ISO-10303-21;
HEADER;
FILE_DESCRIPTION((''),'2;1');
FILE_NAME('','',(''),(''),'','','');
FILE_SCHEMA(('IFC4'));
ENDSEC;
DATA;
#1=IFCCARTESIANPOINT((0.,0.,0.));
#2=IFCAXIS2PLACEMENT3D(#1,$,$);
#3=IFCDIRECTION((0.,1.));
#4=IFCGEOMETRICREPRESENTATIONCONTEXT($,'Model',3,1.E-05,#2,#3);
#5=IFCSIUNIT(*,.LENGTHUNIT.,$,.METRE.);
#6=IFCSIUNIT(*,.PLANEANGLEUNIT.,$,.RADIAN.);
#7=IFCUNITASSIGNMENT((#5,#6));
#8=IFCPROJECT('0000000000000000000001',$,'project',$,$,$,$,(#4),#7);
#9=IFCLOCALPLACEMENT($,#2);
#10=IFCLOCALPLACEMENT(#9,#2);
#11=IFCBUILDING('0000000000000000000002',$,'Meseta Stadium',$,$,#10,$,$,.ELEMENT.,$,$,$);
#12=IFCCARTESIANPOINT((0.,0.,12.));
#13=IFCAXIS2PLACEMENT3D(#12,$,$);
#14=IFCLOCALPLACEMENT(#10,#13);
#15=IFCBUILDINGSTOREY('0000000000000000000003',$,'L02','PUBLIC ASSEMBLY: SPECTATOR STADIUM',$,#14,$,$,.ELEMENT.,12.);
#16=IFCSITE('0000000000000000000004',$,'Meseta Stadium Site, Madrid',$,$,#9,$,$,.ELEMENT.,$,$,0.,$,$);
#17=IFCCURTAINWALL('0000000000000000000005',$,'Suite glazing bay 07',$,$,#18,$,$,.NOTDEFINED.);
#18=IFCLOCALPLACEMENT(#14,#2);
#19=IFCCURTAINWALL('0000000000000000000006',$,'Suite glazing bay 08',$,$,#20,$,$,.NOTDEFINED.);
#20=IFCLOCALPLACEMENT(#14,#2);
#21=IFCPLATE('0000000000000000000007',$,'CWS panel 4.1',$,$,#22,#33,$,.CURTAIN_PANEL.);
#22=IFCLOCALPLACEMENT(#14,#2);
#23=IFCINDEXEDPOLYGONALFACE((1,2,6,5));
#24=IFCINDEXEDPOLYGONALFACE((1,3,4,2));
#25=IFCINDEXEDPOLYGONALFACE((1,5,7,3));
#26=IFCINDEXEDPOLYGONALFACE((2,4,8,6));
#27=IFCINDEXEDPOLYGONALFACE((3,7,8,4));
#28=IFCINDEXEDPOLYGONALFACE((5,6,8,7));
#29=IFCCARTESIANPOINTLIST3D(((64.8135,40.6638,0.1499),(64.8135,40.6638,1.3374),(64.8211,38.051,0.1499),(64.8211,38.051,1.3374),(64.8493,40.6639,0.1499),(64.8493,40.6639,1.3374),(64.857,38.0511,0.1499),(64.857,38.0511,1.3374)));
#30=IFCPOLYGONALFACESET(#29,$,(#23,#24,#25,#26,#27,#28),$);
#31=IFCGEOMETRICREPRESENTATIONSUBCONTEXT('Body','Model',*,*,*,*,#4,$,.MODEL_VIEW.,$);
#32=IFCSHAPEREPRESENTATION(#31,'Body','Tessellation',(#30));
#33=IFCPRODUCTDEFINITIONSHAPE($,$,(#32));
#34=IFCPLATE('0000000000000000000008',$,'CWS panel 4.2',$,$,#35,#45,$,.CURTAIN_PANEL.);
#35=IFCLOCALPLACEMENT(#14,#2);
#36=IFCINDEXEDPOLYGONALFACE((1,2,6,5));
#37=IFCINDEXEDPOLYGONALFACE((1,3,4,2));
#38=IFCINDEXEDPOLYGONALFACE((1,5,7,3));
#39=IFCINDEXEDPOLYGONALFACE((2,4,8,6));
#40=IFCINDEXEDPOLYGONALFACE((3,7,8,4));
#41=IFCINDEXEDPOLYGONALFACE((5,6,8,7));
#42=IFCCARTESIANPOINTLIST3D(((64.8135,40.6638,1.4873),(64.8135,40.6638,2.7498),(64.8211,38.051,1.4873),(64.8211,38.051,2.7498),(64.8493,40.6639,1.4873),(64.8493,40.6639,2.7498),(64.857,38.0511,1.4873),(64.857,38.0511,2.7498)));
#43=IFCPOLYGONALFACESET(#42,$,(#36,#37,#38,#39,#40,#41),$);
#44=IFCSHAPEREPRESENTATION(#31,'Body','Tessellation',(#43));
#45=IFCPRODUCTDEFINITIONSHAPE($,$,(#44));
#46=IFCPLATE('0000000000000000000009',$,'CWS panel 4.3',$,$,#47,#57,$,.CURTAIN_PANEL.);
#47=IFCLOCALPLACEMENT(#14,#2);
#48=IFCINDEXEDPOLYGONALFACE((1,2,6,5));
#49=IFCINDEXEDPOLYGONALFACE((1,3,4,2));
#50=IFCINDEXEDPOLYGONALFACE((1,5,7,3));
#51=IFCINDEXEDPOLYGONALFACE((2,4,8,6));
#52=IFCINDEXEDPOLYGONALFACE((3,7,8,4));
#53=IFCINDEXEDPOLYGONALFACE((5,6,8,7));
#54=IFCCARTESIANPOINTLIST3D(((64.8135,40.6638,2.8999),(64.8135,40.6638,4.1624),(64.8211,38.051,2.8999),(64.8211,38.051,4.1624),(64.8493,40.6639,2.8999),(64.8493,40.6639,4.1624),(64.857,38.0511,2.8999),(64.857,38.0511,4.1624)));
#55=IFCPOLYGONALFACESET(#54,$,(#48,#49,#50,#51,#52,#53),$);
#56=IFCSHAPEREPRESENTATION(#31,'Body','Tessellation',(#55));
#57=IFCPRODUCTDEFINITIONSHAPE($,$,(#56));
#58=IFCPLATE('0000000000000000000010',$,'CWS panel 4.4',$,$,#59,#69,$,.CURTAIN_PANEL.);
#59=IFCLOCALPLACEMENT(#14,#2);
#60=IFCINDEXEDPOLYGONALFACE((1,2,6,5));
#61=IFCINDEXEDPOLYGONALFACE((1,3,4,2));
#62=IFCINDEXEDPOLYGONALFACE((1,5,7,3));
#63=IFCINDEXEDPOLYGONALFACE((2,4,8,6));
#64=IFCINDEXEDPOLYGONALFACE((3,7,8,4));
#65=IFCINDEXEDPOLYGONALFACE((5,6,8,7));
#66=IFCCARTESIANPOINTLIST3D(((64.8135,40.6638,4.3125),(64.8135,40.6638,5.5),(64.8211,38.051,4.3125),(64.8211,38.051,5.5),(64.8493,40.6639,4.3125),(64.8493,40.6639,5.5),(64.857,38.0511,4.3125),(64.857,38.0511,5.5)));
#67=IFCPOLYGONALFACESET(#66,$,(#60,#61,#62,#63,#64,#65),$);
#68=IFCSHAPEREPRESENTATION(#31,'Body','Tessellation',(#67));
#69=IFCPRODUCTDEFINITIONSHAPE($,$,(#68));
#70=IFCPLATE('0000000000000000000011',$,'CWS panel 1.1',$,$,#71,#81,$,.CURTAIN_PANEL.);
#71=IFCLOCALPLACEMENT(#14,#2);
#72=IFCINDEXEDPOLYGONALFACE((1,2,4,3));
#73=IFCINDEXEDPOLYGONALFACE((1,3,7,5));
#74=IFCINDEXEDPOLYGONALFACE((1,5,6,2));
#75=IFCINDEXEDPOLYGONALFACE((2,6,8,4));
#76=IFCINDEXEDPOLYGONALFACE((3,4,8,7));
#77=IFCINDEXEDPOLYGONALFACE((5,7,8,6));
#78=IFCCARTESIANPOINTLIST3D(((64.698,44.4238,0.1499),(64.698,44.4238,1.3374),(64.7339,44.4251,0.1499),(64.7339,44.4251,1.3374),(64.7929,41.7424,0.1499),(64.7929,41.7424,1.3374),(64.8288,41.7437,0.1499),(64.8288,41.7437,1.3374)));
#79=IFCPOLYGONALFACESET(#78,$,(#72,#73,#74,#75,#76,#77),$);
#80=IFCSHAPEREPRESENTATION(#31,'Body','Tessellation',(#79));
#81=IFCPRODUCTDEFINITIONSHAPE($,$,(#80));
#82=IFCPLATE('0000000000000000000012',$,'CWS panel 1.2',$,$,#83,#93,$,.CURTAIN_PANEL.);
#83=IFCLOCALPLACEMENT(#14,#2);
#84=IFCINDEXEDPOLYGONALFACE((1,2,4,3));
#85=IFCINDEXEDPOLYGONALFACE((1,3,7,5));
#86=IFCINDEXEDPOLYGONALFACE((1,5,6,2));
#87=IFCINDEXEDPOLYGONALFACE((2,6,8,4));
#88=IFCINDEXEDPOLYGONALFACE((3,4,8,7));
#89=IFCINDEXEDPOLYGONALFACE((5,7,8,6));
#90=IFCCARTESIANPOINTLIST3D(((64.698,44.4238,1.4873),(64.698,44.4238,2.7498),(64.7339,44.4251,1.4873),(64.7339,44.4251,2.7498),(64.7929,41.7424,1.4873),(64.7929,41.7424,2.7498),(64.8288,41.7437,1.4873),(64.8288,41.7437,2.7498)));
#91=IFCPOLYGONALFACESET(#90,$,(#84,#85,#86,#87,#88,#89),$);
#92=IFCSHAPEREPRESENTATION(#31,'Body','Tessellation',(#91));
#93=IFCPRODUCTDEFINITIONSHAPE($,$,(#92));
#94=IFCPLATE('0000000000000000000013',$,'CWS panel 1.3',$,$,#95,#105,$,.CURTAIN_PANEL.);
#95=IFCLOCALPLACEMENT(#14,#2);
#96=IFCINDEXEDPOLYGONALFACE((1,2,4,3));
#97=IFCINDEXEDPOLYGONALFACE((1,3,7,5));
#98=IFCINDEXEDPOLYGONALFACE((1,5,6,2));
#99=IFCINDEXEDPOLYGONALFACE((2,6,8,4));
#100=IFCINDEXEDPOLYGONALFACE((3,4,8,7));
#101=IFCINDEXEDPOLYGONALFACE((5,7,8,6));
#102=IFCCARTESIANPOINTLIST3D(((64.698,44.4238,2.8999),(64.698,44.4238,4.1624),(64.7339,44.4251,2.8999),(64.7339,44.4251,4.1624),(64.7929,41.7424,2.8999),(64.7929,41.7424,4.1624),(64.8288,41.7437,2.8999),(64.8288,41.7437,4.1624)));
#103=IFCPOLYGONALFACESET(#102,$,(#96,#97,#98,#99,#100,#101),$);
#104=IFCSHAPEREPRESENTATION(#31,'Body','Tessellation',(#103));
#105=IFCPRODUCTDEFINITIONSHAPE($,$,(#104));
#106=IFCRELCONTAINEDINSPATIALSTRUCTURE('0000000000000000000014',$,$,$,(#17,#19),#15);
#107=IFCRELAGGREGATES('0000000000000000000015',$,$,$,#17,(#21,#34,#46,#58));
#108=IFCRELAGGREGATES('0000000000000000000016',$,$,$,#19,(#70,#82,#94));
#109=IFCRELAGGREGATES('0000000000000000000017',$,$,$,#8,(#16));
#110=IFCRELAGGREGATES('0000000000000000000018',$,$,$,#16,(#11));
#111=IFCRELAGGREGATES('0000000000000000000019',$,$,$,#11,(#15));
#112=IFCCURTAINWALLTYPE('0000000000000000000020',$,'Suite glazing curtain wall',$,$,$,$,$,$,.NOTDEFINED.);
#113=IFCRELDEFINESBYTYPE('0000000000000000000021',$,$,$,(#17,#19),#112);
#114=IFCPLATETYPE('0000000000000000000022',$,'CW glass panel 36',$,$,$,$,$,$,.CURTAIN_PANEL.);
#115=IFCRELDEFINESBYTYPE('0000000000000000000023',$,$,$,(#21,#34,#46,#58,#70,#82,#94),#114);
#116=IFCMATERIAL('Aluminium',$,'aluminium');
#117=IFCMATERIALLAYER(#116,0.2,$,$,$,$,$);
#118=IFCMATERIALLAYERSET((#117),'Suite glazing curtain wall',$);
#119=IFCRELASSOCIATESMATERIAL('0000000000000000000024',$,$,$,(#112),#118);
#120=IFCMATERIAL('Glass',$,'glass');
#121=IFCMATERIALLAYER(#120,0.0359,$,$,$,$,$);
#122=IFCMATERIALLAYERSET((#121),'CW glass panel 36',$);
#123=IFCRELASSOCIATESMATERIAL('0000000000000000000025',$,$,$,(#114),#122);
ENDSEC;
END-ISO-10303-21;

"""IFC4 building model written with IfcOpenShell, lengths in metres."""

from ifc_helpers import new_model, si_unit, direction, frame, origin, origin_2d, place, context, subcontext, project, spatial, rectangle, extrude, material, layer, layer_set, type_object, element, aggregate, save


model = new_model("IFC4")

# Units and contexts
model_context = context("Model", 3, precision=1e-05, world=origin(), true_north=direction((0.0, 1.0)))
body_context = subcontext(model_context, "Body", "Model", "MODEL_VIEW")
ifc_project = project(units=[si_unit("LENGTHUNIT", "METRE"), si_unit("PLANEANGLEUNIT", "RADIAN")], contexts=[model_context])

# Site, building, storey
site_placement = place(None, origin())
site = spatial("IfcSite", under=ifc_project, at=site_placement, Name="Meseta Stadium Site, Madrid", CompositionType="ELEMENT", RefElevation=0.0)
building_placement = place(site_placement, origin())
building = spatial("IfcBuilding", under=site, at=building_placement, Name="Meseta Stadium", CompositionType="ELEMENT")
storey_placement = place(building_placement, frame((0.0, 0.0, 12.0)))
storey = spatial("IfcBuildingStorey", under=building, at=storey_placement, Name="L02", Description="PUBLIC ASSEMBLY: SPECTATOR STADIUM", CompositionType="ELEMENT", Elevation=12.0)

# Curtain wall
ifc_material_1 = material(Name="Aluminium", Category="aluminium")
ifc_layer_1 = layer(ifc_material_1, 0.2)
ifc_layer_set_1 = layer_set([ifc_layer_1], Name="Suite glazing curtain wall")
curtain_wall_type = type_object("IfcCurtainWallType", Name="Suite glazing curtain wall", PredefinedType="NOTDEFINED", material=ifc_layer_set_1)
curtain_wall_1_placement = place(storey_placement, origin())
curtain_wall_1 = element("IfcCurtainWall", 1, at=curtain_wall_1_placement, inside=storey, type_object=curtain_wall_type, Name="Suite glazing bay 07", PredefinedType="NOTDEFINED")

# Curtain wall
curtain_wall_2_placement = place(storey_placement, origin())
curtain_wall_2 = element("IfcCurtainWall", 2, at=curtain_wall_2_placement, inside=storey, type_object=curtain_wall_type, Name="Suite glazing bay 08", PredefinedType="NOTDEFINED")

# Plates
ifc_material_2 = material(Name="Glass", Category="glass")
ifc_layer_2 = layer(ifc_material_2, 0.0359)
ifc_layer_set_2 = layer_set([ifc_layer_2], Name="CW glass panel 36")
plate_type = type_object("IfcPlateType", Name="CW glass panel 36", PredefinedType="CURTAIN_PANEL", material=ifc_layer_set_2)
plate_1_placement = place(storey_placement, frame((64.8352, 39.3574, 0.1499), z_axis=(0.0, 0.0, 1.0), x_axis=(-0.00291, 0.999996, 0.0)))
plate_1 = element("IfcPlate", 3, at=plate_1_placement, type_object=plate_type, Name="CWS panel 4.1", PredefinedType="CURTAIN_PANEL", context=body_context, shape_type="SweptSolid", body=[
    extrude(rectangle(XDim=2.6128, YDim=0.0359, at=origin_2d()), origin(), (0.0, 0.0, 1.0), 1.1875),
])
plate_2_placement = place(storey_placement, frame((64.8352, 39.3574, 1.4873), z_axis=(0.0, 0.0, 1.0), x_axis=(-0.00291, 0.999996, 0.0)))
plate_2 = element("IfcPlate", 4, at=plate_2_placement, type_object=plate_type, Name="CWS panel 4.2", PredefinedType="CURTAIN_PANEL", context=body_context, shape_type="SweptSolid", body=[
    extrude(rectangle(XDim=2.6128, YDim=0.0359, at=origin_2d()), origin(), (0.0, 0.0, 1.0), 1.2625),
])
plate_3_placement = place(storey_placement, frame((64.8352, 39.3574, 2.8999), z_axis=(0.0, 0.0, 1.0), x_axis=(-0.00291, 0.999996, 0.0)))
plate_3 = element("IfcPlate", 5, at=plate_3_placement, type_object=plate_type, Name="CWS panel 4.3", PredefinedType="CURTAIN_PANEL", context=body_context, shape_type="SweptSolid", body=[
    extrude(rectangle(XDim=2.6128, YDim=0.0359, at=origin_2d()), origin(), (0.0, 0.0, 1.0), 1.2625),
])
plate_4_placement = place(storey_placement, frame((64.8352, 39.3574, 4.3125), z_axis=(0.0, 0.0, 1.0), x_axis=(-0.00291, 0.999996, 0.0)))
plate_4 = element("IfcPlate", 6, at=plate_4_placement, type_object=plate_type, Name="CWS panel 4.4", PredefinedType="CURTAIN_PANEL", context=body_context, shape_type="SweptSolid", body=[
    extrude(rectangle(XDim=2.6128, YDim=0.0359, at=origin_2d()), origin(), (0.0, 0.0, 1.0), 1.1875),
])
aggregate(curtain_wall_1, [plate_1, plate_2, plate_3, plate_4])
plate_5_placement = place(storey_placement, frame((64.7634, 43.0837, 0.1499), z_axis=(0.0, 0.0, 1.0), x_axis=(-0.035371, 0.999374, 0.0)))
plate_5 = element("IfcPlate", 7, at=plate_5_placement, type_object=plate_type, Name="CWS panel 1.1", PredefinedType="CURTAIN_PANEL", context=body_context, shape_type="SweptSolid", body=[
    extrude(rectangle(XDim=2.6831, YDim=0.0359, at=origin_2d()), origin(), (0.0, 0.0, 1.0), 1.1875),
])
plate_6_placement = place(storey_placement, frame((64.7634, 43.0837, 1.4873), z_axis=(0.0, 0.0, 1.0), x_axis=(-0.035371, 0.999374, 0.0)))
plate_6 = element("IfcPlate", 8, at=plate_6_placement, type_object=plate_type, Name="CWS panel 1.2", PredefinedType="CURTAIN_PANEL", context=body_context, shape_type="SweptSolid", body=[
    extrude(rectangle(XDim=2.6831, YDim=0.0359, at=origin_2d()), origin(), (0.0, 0.0, 1.0), 1.2625),
])
plate_7_placement = place(storey_placement, frame((64.7634, 43.0837, 2.8999), z_axis=(0.0, 0.0, 1.0), x_axis=(-0.035371, 0.999374, 0.0)))
plate_7 = element("IfcPlate", 9, at=plate_7_placement, type_object=plate_type, Name="CWS panel 1.3", PredefinedType="CURTAIN_PANEL", context=body_context, shape_type="SweptSolid", body=[
    extrude(rectangle(XDim=2.6831, YDim=0.0359, at=origin_2d()), origin(), (0.0, 0.0, 1.0), 1.2625),
])
aggregate(curtain_wall_2, [plate_5, plate_6, plate_7])

save(model, "model.ifc")
